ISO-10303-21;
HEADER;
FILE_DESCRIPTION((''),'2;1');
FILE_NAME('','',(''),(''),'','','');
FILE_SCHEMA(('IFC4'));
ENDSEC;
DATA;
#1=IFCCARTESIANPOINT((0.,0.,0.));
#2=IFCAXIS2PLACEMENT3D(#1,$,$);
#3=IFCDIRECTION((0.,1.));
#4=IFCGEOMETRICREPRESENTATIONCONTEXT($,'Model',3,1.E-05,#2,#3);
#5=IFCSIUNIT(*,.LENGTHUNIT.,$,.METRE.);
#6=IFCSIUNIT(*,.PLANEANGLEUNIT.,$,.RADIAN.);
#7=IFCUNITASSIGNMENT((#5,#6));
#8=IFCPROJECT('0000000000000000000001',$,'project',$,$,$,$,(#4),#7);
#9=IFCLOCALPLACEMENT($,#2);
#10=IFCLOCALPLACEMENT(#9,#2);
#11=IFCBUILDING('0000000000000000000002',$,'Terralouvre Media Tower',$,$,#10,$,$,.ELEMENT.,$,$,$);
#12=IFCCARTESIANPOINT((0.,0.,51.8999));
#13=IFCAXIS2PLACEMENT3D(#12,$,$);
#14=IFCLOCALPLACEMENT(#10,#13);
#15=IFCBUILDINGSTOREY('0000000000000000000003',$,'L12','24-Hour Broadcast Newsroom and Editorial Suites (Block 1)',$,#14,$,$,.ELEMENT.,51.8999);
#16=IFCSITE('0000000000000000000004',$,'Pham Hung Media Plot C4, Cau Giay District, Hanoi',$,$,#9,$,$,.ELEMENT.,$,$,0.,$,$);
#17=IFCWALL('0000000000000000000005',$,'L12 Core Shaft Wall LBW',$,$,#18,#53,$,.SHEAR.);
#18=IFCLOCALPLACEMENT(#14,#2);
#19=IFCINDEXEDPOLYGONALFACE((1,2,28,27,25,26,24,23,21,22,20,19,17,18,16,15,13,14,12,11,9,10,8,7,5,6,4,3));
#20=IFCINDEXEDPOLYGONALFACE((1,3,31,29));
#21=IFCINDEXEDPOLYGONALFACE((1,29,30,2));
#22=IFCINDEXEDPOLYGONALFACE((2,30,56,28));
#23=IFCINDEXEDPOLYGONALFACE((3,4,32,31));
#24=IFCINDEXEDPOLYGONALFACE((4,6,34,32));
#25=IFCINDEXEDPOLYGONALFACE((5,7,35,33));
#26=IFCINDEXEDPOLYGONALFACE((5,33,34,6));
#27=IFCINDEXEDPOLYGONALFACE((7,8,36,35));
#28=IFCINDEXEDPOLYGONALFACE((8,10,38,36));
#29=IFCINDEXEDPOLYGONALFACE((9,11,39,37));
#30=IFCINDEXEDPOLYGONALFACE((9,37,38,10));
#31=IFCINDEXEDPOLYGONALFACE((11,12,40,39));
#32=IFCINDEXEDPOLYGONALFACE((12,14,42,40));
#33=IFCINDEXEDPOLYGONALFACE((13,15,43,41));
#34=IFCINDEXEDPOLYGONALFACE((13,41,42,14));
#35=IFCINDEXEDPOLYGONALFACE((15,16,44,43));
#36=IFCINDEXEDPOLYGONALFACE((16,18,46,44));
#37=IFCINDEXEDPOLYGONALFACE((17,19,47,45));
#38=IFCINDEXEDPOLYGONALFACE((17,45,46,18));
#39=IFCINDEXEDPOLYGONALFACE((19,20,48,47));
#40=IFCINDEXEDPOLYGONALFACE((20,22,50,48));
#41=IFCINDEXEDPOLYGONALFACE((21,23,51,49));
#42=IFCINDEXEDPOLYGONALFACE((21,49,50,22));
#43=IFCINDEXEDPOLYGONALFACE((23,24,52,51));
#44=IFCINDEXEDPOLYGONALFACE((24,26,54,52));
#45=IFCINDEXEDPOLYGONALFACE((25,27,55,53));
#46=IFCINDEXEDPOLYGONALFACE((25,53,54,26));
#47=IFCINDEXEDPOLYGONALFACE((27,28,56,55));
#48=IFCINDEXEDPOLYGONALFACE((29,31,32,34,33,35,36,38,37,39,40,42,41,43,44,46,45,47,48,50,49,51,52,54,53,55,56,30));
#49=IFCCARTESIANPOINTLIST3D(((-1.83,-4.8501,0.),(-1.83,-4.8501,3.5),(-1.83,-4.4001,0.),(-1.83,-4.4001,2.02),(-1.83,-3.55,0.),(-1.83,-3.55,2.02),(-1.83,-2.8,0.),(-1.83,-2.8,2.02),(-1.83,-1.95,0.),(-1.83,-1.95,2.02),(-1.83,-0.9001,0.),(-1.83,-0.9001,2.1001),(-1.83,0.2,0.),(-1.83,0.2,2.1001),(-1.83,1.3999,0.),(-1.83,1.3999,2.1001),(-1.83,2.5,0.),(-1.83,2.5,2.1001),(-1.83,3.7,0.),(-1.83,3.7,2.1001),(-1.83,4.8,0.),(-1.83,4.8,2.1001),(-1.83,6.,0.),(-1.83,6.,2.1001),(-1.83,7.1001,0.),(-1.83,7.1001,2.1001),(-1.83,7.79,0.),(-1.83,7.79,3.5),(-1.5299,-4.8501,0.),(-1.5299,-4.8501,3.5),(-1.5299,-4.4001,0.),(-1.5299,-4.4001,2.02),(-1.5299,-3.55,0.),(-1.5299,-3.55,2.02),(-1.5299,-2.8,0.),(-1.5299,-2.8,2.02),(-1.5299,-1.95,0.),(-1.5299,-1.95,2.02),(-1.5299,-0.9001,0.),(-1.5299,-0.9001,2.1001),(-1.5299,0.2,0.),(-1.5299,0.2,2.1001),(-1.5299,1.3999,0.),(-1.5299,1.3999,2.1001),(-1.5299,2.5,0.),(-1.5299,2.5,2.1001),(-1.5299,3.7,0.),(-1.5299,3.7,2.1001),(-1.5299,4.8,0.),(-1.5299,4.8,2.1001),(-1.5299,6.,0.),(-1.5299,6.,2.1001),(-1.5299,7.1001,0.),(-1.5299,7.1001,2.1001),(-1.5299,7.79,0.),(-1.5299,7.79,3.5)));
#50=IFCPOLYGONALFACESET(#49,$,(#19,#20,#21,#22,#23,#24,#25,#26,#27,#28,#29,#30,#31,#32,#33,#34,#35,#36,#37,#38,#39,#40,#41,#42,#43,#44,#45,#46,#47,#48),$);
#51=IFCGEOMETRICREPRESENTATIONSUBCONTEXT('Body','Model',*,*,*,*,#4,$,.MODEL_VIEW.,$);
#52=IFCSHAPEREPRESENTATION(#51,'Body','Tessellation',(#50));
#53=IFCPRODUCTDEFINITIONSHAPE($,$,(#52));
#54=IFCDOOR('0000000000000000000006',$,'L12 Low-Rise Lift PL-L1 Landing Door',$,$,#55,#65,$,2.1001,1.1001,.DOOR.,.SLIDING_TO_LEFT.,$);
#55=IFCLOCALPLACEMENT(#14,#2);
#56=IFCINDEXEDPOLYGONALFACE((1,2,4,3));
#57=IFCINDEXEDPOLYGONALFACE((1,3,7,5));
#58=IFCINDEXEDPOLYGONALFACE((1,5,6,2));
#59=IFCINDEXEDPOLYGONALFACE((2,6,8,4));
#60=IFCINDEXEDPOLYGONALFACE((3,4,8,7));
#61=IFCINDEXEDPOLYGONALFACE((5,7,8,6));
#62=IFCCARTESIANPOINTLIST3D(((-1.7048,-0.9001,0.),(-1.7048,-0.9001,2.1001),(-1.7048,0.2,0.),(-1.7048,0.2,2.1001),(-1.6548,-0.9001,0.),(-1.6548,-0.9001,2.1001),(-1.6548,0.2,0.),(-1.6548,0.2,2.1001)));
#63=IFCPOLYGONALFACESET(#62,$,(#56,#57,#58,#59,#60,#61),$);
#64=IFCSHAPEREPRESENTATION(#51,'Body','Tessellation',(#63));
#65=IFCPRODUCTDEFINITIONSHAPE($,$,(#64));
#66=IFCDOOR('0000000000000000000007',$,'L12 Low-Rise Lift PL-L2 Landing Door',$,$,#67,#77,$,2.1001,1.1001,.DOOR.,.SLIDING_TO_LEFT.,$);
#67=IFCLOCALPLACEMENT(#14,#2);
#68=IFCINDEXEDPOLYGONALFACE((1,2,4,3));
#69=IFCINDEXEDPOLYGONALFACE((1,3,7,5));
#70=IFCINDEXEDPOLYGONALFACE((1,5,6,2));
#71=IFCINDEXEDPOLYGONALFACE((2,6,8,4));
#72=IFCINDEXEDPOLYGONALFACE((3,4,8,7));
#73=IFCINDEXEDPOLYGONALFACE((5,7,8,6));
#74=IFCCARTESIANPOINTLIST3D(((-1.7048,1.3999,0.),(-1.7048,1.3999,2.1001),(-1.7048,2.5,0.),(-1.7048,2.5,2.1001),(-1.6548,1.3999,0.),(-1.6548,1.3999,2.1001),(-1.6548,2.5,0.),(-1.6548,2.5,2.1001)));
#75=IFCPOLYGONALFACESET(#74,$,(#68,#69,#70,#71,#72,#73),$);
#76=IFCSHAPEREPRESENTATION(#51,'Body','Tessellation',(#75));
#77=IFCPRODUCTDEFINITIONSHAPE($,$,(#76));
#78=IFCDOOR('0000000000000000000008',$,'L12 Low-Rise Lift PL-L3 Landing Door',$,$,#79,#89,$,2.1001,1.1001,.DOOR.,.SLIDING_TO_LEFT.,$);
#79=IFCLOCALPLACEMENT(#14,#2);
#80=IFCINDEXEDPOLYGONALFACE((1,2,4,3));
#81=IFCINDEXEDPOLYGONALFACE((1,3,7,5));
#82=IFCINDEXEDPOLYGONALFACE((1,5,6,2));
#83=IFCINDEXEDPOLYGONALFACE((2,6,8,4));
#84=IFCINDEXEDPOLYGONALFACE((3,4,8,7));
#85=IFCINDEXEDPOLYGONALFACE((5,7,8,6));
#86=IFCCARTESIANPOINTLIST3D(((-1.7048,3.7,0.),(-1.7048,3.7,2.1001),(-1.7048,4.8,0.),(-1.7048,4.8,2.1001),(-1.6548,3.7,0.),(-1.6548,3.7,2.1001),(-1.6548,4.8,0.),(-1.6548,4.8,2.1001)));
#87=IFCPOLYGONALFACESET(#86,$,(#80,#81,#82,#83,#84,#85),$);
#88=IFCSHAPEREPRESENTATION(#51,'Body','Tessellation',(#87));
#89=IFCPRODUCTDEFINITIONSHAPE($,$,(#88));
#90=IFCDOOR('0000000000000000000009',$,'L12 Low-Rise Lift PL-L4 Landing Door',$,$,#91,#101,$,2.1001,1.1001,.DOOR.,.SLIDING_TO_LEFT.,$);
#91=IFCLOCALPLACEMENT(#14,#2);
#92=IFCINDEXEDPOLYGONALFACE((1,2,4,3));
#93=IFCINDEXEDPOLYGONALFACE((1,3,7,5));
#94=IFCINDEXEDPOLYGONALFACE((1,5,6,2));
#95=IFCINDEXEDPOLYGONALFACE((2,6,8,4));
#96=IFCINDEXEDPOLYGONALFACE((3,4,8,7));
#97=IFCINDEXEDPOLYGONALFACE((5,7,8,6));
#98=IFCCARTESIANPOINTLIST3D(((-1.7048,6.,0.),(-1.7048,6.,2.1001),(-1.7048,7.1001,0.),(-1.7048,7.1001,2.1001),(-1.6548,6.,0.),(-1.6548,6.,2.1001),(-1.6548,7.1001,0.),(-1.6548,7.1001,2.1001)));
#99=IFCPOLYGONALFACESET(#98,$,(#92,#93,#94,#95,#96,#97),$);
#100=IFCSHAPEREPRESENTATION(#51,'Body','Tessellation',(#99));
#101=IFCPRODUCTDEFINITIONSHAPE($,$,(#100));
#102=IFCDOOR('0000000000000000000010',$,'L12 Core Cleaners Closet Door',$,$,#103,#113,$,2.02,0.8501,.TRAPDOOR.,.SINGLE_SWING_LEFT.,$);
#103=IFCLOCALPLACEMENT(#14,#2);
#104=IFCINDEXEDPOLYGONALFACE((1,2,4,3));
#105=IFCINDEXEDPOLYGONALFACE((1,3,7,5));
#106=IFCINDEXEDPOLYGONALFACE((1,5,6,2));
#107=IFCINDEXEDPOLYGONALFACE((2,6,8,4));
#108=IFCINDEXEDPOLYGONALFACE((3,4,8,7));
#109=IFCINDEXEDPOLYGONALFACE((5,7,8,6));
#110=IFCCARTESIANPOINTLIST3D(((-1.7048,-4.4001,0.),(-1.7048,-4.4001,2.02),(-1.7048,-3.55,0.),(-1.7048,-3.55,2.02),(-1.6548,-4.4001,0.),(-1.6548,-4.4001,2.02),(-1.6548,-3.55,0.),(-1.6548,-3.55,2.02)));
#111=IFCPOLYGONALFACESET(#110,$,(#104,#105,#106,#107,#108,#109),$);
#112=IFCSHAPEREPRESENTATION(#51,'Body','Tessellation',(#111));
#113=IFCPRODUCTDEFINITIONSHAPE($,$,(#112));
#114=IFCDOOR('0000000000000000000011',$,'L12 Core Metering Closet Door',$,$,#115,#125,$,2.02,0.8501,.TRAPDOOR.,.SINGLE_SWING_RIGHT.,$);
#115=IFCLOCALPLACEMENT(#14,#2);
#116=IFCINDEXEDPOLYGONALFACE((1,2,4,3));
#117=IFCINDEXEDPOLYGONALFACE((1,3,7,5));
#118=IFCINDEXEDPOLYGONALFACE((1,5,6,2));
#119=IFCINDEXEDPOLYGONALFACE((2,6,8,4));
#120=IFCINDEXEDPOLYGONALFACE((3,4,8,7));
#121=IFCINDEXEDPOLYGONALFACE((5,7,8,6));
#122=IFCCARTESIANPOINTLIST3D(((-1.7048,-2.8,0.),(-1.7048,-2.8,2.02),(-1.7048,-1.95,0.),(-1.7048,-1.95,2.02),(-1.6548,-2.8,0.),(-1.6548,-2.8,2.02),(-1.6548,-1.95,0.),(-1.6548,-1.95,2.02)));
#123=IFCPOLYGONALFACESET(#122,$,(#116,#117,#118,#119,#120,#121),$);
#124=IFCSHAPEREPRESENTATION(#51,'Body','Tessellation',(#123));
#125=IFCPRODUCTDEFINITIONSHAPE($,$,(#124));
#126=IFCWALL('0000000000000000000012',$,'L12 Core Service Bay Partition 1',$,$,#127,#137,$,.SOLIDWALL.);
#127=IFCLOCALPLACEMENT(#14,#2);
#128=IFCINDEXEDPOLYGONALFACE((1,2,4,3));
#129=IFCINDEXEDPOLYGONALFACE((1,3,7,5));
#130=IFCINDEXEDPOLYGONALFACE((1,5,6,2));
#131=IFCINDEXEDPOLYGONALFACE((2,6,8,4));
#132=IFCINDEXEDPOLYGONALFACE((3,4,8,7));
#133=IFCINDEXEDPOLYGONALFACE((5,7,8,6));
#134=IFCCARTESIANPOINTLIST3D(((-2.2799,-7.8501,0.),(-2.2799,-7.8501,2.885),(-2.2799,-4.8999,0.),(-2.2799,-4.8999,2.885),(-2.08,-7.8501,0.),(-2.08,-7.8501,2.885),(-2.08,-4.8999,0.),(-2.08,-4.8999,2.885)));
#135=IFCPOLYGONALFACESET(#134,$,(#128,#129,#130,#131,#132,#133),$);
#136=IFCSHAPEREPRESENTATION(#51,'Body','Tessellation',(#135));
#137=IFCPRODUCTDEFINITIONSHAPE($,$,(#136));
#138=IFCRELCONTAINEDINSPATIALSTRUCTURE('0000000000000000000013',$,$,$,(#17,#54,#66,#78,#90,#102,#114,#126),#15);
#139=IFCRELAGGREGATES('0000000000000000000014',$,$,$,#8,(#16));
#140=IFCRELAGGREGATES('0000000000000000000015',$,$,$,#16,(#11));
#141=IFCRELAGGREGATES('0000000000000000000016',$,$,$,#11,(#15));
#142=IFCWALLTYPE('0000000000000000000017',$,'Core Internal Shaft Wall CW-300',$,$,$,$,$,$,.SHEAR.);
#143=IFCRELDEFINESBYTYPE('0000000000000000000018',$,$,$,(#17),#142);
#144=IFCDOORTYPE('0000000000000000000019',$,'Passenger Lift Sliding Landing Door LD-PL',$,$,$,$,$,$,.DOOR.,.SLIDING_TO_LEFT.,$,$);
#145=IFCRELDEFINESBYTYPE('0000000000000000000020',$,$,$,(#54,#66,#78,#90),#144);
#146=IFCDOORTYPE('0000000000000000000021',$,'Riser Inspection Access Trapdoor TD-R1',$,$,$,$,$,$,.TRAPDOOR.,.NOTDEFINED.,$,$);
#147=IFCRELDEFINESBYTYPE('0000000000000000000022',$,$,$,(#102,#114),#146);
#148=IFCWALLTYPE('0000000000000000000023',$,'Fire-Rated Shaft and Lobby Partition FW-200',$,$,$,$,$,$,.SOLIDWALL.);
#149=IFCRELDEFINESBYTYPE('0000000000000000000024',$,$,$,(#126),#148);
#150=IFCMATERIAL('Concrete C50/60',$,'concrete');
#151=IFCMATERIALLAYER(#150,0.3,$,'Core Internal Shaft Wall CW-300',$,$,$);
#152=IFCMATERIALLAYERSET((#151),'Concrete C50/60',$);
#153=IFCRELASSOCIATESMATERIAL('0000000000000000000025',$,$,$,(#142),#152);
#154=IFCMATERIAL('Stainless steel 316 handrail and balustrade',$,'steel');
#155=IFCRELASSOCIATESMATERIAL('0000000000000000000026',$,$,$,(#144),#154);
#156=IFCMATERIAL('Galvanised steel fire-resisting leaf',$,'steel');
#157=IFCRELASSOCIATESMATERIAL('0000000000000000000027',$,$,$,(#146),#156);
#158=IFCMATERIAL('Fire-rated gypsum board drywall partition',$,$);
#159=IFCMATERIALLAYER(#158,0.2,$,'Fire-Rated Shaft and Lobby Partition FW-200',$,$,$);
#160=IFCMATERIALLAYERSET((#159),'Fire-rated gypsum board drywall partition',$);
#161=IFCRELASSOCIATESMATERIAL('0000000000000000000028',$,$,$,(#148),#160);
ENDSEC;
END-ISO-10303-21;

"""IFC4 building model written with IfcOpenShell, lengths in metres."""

from ifc_helpers import new_model, si_unit, direction, frame, frame_2d, origin, place, context, subcontext, project, spatial, rectangle, extrude, material, layer, layer_set, type_object, element, fill, save


model = new_model("IFC4")

# Units and contexts
model_context = context("Model", 3, precision=1e-05, world=origin(), true_north=direction((0.0, 1.0)))
body_context = subcontext(model_context, "Body", "Model", "MODEL_VIEW")
ifc_project = project(units=[si_unit("LENGTHUNIT", "METRE"), si_unit("PLANEANGLEUNIT", "RADIAN")], contexts=[model_context])

# Site, building, storey
site_placement = place(None, origin())
site = spatial("IfcSite", under=ifc_project, at=site_placement, Name="Pham Hung Media Plot C4, Cau Giay District, Hanoi", CompositionType="ELEMENT", RefElevation=0.0)
building_placement = place(site_placement, origin())
building = spatial("IfcBuilding", under=site, at=building_placement, Name="Terralouvre Media Tower", CompositionType="ELEMENT")
storey_placement = place(building_placement, frame((0.0, 0.0, 51.8999)))
storey = spatial("IfcBuildingStorey", under=building, at=storey_placement, Name="L12", Description="24-Hour Broadcast Newsroom and Editorial Suites (Block 1)", CompositionType="ELEMENT", Elevation=51.8999)

# Shared definitions
ifc_material_1 = material(Name="Concrete C50/60", Category="concrete")
ifc_layer_1 = layer(ifc_material_1, 0.3, Name="Core Internal Shaft Wall CW-300")
ifc_layer_set_1 = layer_set([ifc_layer_1], Name="Concrete C50/60")
wall_type_1 = type_object("IfcWallType", Name="Core Internal Shaft Wall CW-300", PredefinedType="SHEAR", material=ifc_layer_set_1)

# Wall, openings, doors
wall_1_placement = place(storey_placement, frame((-1.6799, -4.8501, 0.0), z_axis=(0.0, 0.0, 1.0), x_axis=(0.0, 1.0, 0.0)))
wall_1 = element("IfcWall", 1, at=wall_1_placement, inside=storey, type_object=wall_type_1, Name="L12 Core Shaft Wall LBW", PredefinedType="SHEAR", context=body_context, shape_type="SweptSolid", body=[
    extrude(rectangle(XDim=12.6401, YDim=0.3, at=frame_2d((6.3201, 0.0))), origin(), (0.0, 0.0, 1.0), 3.5),
])
opening_1_placement = place(wall_1_placement, frame((3.95, 0.0, 0.0)))
opening_1 = element("IfcOpeningElement", 2, at=opening_1_placement, cuts=wall_1, PredefinedType="OPENING", context=body_context, shape_type="SweptSolid", body=[
    extrude(rectangle(XDim=1.1001, YDim=2.1001, at=frame_2d((0.55, 1.05))), frame((0.0, 0.1599, 0.0), z_axis=(0.0, -1.0, 0.0), x_axis=(1.0, 0.0, 0.0)), (0.0, 0.0, 1.0), 0.3201),
])
opening_2_placement = place(wall_1_placement, frame((6.25, 0.0, 0.0)))
opening_2 = element("IfcOpeningElement", 3, at=opening_2_placement, cuts=wall_1, PredefinedType="OPENING", context=body_context, shape_type="SweptSolid", body=[
    extrude(rectangle(XDim=1.1001, YDim=2.1001, at=frame_2d((0.55, 1.05))), frame((0.0, 0.1599, 0.0), z_axis=(0.0, -1.0, 0.0), x_axis=(1.0, 0.0, 0.0)), (0.0, 0.0, 1.0), 0.3201),
])
opening_3_placement = place(wall_1_placement, frame((8.55, 0.0, 0.0)))
opening_3 = element("IfcOpeningElement", 4, at=opening_3_placement, cuts=wall_1, PredefinedType="OPENING", context=body_context, shape_type="SweptSolid", body=[
    extrude(rectangle(XDim=1.1001, YDim=2.1001, at=frame_2d((0.55, 1.05))), frame((0.0, 0.1599, 0.0), z_axis=(0.0, -1.0, 0.0), x_axis=(1.0, 0.0, 0.0)), (0.0, 0.0, 1.0), 0.3201),
])
opening_4_placement = place(wall_1_placement, frame((10.8501, 0.0, 0.0)))
opening_4 = element("IfcOpeningElement", 5, at=opening_4_placement, cuts=wall_1, PredefinedType="OPENING", context=body_context, shape_type="SweptSolid", body=[
    extrude(rectangle(XDim=1.1001, YDim=2.1001, at=frame_2d((0.55, 1.05))), frame((0.0, 0.1599, 0.0), z_axis=(0.0, -1.0, 0.0), x_axis=(1.0, 0.0, 0.0)), (0.0, 0.0, 1.0), 0.3201),
])
opening_5_placement = place(wall_1_placement, frame((0.45, 0.0, 0.0)))
opening_5 = element("IfcOpeningElement", 6, at=opening_5_placement, cuts=wall_1, PredefinedType="OPENING", context=body_context, shape_type="SweptSolid", body=[
    extrude(rectangle(XDim=0.8501, YDim=2.02, at=frame_2d((0.425, 1.01))), frame((0.0, 0.1599, 0.0), z_axis=(0.0, -1.0, 0.0), x_axis=(1.0, 0.0, 0.0)), (0.0, 0.0, 1.0), 0.3201),
])
opening_6_placement = place(wall_1_placement, frame((2.05, 0.0, 0.0)))
opening_6 = element("IfcOpeningElement", 7, at=opening_6_placement, cuts=wall_1, PredefinedType="OPENING", context=body_context, shape_type="SweptSolid", body=[
    extrude(rectangle(XDim=0.8501, YDim=2.02, at=frame_2d((0.425, 1.01))), frame((0.0, 0.1599, 0.0), z_axis=(0.0, -1.0, 0.0), x_axis=(1.0, 0.0, 0.0)), (0.0, 0.0, 1.0), 0.3201),
])
ifc_material_2 = material(Name="Stainless steel 316 handrail and balustrade", Category="steel")
door_type_1 = type_object("IfcDoorType", Name="Passenger Lift Sliding Landing Door LD-PL", OperationType="SLIDING_TO_LEFT", PredefinedType="DOOR", material=ifc_material_2)
door_1_placement = place(opening_1_placement, origin())
door_1 = element("IfcDoor", 8, at=door_1_placement, inside=storey, type_object=door_type_1, Name="L12 Low-Rise Lift PL-L1 Landing Door", OperationType="SLIDING_TO_LEFT", OverallHeight=2.1001, OverallWidth=1.1001, PredefinedType="DOOR", context=body_context, shape_type="SweptSolid", body=[
    extrude(rectangle(XDim=1.1001, YDim=2.1001, at=frame_2d((0.55, 1.05))), frame((0.0, 0.0249, 0.0), z_axis=(0.0, -1.0, 0.0), x_axis=(1.0, 0.0, 0.0)), (0.0, 0.0, 1.0), 0.05),
])
fill(opening_1, door_1)
door_2_placement = place(opening_2_placement, origin())
door_2 = element("IfcDoor", 9, at=door_2_placement, inside=storey, type_object=door_type_1, Name="L12 Low-Rise Lift PL-L2 Landing Door", OperationType="SLIDING_TO_LEFT", OverallHeight=2.1001, OverallWidth=1.1001, PredefinedType="DOOR", context=body_context, shape_type="SweptSolid", body=[
    extrude(rectangle(XDim=1.1001, YDim=2.1001, at=frame_2d((0.55, 1.05))), frame((0.0, 0.0249, 0.0), z_axis=(0.0, -1.0, 0.0), x_axis=(1.0, 0.0, 0.0)), (0.0, 0.0, 1.0), 0.05),
])
fill(opening_2, door_2)
door_3_placement = place(opening_3_placement, origin())
door_3 = element("IfcDoor", 10, at=door_3_placement, inside=storey, type_object=door_type_1, Name="L12 Low-Rise Lift PL-L3 Landing Door", OperationType="SLIDING_TO_LEFT", OverallHeight=2.1001, OverallWidth=1.1001, PredefinedType="DOOR", context=body_context, shape_type="SweptSolid", body=[
    extrude(rectangle(XDim=1.1001, YDim=2.1001, at=frame_2d((0.55, 1.05))), frame((0.0, 0.0249, 0.0), z_axis=(0.0, -1.0, 0.0), x_axis=(1.0, 0.0, 0.0)), (0.0, 0.0, 1.0), 0.05),
])
fill(opening_3, door_3)
door_4_placement = place(opening_4_placement, origin())
door_4 = element("IfcDoor", 11, at=door_4_placement, inside=storey, type_object=door_type_1, Name="L12 Low-Rise Lift PL-L4 Landing Door", OperationType="SLIDING_TO_LEFT", OverallHeight=2.1001, OverallWidth=1.1001, PredefinedType="DOOR", context=body_context, shape_type="SweptSolid", body=[
    extrude(rectangle(XDim=1.1001, YDim=2.1001, at=frame_2d((0.55, 1.05))), frame((0.0, 0.0249, 0.0), z_axis=(0.0, -1.0, 0.0), x_axis=(1.0, 0.0, 0.0)), (0.0, 0.0, 1.0), 0.05),
])
fill(opening_4, door_4)
ifc_material_3 = material(Name="Galvanised steel fire-resisting leaf", Category="steel")
door_type_2 = type_object("IfcDoorType", Name="Riser Inspection Access Trapdoor TD-R1", OperationType="NOTDEFINED", PredefinedType="TRAPDOOR", material=ifc_material_3)
door_5_placement = place(opening_5_placement, origin())
door_5 = element("IfcDoor", 12, at=door_5_placement, inside=storey, type_object=door_type_2, Name="L12 Core Cleaners Closet Door", OperationType="SINGLE_SWING_LEFT", OverallHeight=2.02, OverallWidth=0.8501, PredefinedType="TRAPDOOR", context=body_context, shape_type="SweptSolid", body=[
    extrude(rectangle(XDim=0.8501, YDim=2.02, at=frame_2d((0.425, 1.01))), frame((0.0, 0.0249, 0.0), z_axis=(0.0, -1.0, 0.0), x_axis=(1.0, 0.0, 0.0)), (0.0, 0.0, 1.0), 0.05),
])
fill(opening_5, door_5)
door_6_placement = place(opening_6_placement, origin())
door_6 = element("IfcDoor", 13, at=door_6_placement, inside=storey, type_object=door_type_2, Name="L12 Core Metering Closet Door", OperationType="SINGLE_SWING_RIGHT", OverallHeight=2.02, OverallWidth=0.8501, PredefinedType="TRAPDOOR", context=body_context, shape_type="SweptSolid", body=[
    extrude(rectangle(XDim=0.8501, YDim=2.02, at=frame_2d((0.425, 1.01))), frame((0.0, 0.0249, 0.0), z_axis=(0.0, -1.0, 0.0), x_axis=(1.0, 0.0, 0.0)), (0.0, 0.0, 1.0), 0.05),
])
fill(opening_6, door_6)

# Wall
ifc_material_4 = material(Name="Fire-rated gypsum board drywall partition")
ifc_layer_2 = layer(ifc_material_4, 0.2, Name="Fire-Rated Shaft and Lobby Partition FW-200")
ifc_layer_set_2 = layer_set([ifc_layer_2], Name="Fire-rated gypsum board drywall partition")
wall_type_2 = type_object("IfcWallType", Name="Fire-Rated Shaft and Lobby Partition FW-200", PredefinedType="SOLIDWALL", material=ifc_layer_set_2)
wall_2_placement = place(storey_placement, frame((-2.1799, -7.8501, 0.0), z_axis=(0.0, 0.0, 1.0), x_axis=(0.0, 1.0, 0.0)))
element("IfcWall", 14, at=wall_2_placement, inside=storey, type_object=wall_type_2, Name="L12 Core Service Bay Partition 1", PredefinedType="SOLIDWALL", context=body_context, shape_type="SweptSolid", body=[
    extrude(rectangle(XDim=2.9502, YDim=0.2, at=frame_2d((1.4751, 0.0))), origin(), (0.0, 0.0, 1.0), 2.885),
])

save(model, "model.ifc")
